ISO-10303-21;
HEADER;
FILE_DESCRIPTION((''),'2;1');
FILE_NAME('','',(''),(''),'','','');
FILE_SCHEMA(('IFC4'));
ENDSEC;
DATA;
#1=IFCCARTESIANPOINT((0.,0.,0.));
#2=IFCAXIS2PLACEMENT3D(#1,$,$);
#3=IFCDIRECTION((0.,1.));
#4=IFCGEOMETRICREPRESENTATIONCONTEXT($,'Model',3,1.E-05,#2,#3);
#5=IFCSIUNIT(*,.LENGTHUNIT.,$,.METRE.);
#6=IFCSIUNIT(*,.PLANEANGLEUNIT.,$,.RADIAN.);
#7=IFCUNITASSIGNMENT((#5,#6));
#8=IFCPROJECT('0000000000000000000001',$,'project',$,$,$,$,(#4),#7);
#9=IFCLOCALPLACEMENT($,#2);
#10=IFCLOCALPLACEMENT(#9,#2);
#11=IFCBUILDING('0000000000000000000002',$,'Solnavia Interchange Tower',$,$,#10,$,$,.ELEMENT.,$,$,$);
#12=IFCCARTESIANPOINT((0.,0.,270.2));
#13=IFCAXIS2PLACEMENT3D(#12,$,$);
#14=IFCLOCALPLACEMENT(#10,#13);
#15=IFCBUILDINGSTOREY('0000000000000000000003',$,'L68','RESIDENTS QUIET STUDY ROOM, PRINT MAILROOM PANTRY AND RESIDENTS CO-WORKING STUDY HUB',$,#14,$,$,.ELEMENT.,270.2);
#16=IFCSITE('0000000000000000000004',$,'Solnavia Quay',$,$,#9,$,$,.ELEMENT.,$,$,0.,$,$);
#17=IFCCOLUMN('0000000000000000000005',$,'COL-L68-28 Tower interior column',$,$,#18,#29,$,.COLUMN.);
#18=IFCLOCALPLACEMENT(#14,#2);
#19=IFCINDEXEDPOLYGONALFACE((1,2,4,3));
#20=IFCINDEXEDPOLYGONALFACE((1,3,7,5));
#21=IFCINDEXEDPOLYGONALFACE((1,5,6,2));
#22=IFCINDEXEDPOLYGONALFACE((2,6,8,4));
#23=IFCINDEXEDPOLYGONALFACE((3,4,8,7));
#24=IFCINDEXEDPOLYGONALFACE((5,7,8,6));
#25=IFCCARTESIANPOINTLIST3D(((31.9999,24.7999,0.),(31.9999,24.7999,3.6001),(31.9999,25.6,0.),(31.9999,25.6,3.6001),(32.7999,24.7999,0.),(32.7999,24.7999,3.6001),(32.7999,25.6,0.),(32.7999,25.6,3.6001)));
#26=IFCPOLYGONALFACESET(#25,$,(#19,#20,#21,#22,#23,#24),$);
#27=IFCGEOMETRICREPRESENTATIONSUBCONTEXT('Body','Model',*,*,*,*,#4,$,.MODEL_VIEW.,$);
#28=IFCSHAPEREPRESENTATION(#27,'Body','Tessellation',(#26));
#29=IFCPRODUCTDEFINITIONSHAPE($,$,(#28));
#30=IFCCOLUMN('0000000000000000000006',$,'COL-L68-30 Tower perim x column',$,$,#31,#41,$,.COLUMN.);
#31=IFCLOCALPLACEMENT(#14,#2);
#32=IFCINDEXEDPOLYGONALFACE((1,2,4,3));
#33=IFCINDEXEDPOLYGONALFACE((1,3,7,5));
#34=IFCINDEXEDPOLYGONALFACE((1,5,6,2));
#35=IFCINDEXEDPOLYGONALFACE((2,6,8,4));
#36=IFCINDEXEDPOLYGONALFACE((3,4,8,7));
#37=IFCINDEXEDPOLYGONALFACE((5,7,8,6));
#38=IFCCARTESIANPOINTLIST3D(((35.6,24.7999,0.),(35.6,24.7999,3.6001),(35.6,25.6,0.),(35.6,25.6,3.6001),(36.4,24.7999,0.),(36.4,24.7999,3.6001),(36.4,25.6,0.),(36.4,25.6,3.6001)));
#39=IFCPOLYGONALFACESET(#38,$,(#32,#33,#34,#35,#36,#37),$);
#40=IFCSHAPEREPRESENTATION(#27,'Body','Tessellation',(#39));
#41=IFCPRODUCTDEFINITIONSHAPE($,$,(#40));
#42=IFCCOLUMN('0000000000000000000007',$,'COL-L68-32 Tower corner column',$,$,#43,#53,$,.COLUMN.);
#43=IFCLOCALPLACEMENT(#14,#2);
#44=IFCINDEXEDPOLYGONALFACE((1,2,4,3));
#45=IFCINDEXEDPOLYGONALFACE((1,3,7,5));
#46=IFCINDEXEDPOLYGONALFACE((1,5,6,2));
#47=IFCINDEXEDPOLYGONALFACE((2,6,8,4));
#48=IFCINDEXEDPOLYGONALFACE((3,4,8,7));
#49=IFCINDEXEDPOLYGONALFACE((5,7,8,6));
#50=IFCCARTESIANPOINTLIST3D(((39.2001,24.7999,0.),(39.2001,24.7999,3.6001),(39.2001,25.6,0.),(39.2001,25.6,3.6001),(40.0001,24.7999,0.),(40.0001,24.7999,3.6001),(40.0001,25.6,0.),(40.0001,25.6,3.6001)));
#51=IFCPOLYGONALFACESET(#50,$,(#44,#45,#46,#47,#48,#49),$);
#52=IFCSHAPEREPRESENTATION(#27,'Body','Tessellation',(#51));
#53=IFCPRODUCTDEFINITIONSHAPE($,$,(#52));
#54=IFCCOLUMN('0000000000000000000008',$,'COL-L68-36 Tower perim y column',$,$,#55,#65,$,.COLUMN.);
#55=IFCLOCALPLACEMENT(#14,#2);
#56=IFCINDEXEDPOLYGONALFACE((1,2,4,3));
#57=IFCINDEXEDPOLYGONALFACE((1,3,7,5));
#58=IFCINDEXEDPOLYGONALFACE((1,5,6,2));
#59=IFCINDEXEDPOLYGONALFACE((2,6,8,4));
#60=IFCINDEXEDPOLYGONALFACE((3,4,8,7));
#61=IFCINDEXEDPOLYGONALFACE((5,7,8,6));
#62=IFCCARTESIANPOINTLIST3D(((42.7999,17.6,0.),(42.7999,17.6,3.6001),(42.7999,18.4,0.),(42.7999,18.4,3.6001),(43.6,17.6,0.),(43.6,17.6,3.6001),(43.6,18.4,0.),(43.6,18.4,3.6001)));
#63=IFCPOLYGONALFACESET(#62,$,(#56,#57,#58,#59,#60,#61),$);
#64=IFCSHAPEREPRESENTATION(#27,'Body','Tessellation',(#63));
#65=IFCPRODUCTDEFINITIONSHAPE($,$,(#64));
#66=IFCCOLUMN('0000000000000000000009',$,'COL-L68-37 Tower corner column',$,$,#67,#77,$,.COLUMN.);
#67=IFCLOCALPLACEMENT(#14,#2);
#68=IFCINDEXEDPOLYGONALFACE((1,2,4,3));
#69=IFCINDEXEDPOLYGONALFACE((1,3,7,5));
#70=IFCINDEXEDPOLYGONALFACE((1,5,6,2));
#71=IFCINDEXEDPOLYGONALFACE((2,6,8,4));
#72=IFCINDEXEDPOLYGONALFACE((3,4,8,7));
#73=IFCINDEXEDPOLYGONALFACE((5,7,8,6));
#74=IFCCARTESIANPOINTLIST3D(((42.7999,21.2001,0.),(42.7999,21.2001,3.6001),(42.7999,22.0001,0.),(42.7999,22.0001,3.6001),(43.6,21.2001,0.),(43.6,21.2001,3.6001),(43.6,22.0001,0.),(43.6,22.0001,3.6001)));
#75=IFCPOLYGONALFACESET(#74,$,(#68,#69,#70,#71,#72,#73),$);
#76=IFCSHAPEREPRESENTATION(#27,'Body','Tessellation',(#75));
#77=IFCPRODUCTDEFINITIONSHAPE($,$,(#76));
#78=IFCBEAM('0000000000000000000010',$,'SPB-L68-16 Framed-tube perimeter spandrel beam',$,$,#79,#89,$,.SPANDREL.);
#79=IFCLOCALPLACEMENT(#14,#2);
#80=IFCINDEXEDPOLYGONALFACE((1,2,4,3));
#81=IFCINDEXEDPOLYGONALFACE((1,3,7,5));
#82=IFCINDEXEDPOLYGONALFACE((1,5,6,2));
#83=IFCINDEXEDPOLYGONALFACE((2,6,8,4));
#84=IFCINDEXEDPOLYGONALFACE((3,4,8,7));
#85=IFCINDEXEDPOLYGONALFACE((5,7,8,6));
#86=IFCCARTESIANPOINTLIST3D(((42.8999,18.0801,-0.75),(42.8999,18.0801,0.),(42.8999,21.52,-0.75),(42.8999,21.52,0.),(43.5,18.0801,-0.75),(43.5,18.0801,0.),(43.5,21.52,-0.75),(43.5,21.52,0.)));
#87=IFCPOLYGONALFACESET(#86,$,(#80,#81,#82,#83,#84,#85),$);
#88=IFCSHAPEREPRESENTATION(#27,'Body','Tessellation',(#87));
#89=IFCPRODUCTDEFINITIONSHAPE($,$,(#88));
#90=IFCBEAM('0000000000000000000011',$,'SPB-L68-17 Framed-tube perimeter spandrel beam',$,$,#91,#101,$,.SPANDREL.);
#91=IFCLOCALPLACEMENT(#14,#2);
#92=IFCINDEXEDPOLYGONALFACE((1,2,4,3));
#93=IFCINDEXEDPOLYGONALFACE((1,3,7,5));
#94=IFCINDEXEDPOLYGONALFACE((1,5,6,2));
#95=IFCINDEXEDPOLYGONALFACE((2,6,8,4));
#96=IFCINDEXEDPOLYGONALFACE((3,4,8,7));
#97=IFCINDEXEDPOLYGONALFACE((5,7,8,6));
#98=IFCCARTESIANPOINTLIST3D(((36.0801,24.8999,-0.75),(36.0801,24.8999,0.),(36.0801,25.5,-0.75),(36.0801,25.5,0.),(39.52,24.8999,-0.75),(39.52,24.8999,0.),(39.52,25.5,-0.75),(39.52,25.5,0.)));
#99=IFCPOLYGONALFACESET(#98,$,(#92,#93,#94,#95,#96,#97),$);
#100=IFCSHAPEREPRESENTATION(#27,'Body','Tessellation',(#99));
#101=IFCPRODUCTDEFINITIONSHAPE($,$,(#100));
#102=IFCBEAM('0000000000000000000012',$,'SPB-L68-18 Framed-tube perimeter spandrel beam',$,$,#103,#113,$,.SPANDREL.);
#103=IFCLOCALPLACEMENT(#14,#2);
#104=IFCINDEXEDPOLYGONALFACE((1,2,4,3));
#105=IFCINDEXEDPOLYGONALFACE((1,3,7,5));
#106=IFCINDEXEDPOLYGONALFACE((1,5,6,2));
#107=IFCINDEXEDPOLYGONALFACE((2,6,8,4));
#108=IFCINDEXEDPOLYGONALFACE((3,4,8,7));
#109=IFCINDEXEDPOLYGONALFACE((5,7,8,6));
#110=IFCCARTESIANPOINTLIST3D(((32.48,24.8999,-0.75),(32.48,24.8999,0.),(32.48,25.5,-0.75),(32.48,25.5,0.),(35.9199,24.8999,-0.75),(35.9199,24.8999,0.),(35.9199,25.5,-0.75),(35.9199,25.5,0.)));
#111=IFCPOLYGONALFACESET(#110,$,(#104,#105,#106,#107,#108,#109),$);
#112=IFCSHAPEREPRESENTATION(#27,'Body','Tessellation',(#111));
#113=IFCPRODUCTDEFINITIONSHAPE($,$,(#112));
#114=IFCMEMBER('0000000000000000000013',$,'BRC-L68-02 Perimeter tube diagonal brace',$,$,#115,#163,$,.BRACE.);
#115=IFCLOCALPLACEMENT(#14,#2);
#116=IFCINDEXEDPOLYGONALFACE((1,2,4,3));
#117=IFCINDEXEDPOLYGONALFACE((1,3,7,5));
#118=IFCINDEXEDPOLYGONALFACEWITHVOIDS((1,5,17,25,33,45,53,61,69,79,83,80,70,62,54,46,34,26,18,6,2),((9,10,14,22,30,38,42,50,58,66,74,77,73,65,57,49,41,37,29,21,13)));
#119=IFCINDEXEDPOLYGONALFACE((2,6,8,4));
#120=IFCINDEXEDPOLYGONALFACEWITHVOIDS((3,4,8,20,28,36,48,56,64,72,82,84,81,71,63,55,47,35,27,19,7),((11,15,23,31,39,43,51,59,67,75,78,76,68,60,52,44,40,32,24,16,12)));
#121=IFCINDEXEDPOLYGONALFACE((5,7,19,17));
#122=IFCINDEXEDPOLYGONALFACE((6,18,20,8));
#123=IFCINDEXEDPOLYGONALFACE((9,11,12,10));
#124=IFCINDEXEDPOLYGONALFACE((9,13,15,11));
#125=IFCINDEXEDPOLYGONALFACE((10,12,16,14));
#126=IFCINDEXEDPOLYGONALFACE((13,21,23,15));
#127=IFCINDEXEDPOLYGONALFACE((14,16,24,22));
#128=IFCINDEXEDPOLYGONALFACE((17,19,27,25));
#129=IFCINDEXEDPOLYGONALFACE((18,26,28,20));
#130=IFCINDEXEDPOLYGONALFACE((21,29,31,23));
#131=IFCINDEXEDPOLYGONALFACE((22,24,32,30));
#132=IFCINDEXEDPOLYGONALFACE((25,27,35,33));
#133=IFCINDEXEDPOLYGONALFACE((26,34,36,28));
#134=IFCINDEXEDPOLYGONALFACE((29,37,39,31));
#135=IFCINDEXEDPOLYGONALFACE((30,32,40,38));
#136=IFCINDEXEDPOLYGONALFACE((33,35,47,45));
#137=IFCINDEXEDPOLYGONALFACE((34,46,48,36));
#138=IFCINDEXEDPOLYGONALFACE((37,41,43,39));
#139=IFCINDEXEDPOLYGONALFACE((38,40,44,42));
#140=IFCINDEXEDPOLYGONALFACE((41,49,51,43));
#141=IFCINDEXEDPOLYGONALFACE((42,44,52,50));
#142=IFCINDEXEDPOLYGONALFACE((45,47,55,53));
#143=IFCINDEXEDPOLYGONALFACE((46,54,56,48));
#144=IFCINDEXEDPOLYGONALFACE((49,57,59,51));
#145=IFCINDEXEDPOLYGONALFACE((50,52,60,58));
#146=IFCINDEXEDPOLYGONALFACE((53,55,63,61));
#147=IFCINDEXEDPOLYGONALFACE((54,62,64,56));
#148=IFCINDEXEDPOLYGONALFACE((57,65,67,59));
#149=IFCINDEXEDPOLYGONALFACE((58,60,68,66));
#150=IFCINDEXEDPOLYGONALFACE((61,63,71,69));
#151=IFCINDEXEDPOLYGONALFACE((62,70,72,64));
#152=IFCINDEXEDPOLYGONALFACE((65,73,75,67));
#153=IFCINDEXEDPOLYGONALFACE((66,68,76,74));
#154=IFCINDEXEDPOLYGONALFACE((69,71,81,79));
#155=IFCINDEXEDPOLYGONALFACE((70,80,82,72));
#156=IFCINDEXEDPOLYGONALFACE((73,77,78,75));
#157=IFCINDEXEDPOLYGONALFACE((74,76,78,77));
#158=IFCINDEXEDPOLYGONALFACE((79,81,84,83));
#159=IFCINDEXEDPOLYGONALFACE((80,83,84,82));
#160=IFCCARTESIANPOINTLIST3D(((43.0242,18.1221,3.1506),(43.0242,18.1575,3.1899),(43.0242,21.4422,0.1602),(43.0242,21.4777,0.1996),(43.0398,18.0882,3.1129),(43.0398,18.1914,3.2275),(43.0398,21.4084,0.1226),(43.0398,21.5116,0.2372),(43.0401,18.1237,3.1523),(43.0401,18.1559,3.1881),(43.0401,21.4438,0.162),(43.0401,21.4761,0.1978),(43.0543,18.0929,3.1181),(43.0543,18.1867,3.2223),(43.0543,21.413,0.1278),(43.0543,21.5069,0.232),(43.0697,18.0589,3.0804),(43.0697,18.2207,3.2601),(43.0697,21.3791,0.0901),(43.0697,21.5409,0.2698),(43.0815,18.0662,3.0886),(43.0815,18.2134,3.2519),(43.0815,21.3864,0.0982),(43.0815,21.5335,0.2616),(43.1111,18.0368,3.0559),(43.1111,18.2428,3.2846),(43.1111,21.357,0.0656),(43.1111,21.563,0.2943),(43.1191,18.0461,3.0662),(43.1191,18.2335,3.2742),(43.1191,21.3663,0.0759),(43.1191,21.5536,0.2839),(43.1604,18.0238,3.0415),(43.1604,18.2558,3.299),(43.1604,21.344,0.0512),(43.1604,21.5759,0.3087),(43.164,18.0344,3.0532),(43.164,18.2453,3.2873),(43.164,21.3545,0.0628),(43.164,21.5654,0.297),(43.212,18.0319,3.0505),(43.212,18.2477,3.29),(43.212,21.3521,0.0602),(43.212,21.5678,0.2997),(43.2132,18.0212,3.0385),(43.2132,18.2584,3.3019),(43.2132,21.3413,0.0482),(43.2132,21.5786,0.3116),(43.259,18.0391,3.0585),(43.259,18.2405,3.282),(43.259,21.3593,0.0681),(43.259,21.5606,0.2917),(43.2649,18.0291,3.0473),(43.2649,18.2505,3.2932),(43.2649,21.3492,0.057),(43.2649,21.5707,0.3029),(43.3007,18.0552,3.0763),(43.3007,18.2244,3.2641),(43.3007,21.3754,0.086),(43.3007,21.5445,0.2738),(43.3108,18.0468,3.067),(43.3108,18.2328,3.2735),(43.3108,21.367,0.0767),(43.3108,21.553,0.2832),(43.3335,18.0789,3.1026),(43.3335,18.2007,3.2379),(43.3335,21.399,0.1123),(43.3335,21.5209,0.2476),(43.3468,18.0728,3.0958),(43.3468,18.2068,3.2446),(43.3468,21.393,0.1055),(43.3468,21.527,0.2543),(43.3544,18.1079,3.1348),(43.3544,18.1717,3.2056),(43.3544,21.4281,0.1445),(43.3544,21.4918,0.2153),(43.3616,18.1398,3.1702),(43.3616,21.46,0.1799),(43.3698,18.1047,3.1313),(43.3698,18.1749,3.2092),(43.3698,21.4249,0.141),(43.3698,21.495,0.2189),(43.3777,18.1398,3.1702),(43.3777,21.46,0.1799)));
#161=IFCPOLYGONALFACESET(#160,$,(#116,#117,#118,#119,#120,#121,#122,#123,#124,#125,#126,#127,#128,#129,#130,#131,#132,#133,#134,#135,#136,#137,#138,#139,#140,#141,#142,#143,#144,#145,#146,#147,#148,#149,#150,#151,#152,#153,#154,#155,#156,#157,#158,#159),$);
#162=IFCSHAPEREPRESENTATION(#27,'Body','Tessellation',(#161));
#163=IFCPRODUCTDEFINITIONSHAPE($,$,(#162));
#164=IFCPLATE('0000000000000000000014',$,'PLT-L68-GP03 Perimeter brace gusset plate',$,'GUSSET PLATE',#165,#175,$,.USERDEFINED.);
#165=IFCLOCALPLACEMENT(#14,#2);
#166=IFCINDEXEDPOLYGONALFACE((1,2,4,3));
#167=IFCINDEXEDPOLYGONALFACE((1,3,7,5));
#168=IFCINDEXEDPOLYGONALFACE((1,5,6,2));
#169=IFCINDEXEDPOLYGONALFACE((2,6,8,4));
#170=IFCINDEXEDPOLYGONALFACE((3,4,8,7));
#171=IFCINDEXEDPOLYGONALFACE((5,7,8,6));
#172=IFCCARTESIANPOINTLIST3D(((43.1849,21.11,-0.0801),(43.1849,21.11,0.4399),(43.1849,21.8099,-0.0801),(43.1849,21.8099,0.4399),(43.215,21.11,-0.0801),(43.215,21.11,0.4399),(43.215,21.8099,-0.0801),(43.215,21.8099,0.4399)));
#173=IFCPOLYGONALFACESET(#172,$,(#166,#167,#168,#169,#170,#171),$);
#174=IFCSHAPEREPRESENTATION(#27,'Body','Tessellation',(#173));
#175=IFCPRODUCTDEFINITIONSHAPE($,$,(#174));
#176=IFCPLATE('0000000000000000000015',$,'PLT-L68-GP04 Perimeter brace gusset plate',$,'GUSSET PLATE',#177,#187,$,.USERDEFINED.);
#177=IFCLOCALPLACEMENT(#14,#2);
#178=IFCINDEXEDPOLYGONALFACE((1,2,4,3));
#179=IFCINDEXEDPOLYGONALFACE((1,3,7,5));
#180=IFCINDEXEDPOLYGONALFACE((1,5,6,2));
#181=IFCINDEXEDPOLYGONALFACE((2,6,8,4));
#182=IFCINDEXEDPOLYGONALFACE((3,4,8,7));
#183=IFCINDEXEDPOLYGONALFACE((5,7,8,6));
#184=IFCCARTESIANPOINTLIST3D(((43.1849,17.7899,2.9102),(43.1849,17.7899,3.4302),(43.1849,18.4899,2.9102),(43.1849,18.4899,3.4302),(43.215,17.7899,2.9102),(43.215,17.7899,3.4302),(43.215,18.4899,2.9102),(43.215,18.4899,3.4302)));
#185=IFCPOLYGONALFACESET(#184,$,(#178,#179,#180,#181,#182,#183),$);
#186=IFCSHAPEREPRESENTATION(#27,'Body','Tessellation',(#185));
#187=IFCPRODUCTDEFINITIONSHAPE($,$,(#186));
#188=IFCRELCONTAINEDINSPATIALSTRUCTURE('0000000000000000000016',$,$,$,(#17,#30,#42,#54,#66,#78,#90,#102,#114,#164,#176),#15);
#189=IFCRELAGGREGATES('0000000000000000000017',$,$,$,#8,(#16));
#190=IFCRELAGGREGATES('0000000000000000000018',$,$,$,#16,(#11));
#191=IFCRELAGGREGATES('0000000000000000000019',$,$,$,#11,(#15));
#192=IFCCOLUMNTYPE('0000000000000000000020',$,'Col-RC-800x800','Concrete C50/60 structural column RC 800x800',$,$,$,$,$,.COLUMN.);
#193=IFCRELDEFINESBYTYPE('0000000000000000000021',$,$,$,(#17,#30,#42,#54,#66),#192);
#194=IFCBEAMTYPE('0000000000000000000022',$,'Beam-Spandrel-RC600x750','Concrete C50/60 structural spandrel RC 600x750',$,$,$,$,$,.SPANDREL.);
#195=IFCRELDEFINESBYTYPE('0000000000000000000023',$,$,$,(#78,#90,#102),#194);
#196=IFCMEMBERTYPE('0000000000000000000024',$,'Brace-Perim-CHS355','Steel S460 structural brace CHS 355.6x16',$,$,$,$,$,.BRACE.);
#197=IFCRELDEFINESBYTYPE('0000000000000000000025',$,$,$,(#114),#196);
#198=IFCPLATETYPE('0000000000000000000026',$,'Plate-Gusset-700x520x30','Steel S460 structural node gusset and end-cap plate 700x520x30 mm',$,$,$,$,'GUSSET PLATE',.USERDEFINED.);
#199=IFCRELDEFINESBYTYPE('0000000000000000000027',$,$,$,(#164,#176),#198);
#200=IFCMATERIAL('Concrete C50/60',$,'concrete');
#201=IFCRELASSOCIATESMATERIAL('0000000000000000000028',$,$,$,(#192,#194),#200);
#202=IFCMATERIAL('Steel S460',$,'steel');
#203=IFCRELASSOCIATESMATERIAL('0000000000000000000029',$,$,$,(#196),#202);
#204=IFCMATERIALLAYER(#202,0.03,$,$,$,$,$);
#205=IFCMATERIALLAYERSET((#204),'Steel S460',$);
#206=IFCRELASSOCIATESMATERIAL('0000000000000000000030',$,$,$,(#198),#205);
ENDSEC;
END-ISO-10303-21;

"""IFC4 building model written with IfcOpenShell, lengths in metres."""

from ifc_helpers import new_model, si_unit, direction, frame, origin, origin_2d, place, context, subcontext, project, spatial, rectangle, hollow_circle, extrude, material, layer, layer_set, material_profile, profile_set, type_object, element, save


model = new_model("IFC4")

# Units and contexts
model_context = context("Model", 3, precision=1e-05, world=origin(), true_north=direction((0.0, 1.0)))
body_context = subcontext(model_context, "Body", "Model", "MODEL_VIEW")
ifc_project = project(units=[si_unit("LENGTHUNIT", "METRE"), si_unit("PLANEANGLEUNIT", "RADIAN")], contexts=[model_context])

# Site, building, storey
site_placement = place(None, origin())
site = spatial("IfcSite", under=ifc_project, at=site_placement, Name="Solnavia Quay", CompositionType="ELEMENT", RefElevation=0.0)
building_placement = place(site_placement, origin())
building = spatial("IfcBuilding", under=site, at=building_placement, Name="Solnavia Interchange Tower", CompositionType="ELEMENT")
storey_placement = place(building_placement, frame((0.0, 0.0, 270.2)))
storey = spatial("IfcBuildingStorey", under=building, at=storey_placement, Name="L68", Description="RESIDENTS QUIET STUDY ROOM, PRINT MAILROOM PANTRY AND RESIDENTS CO-WORKING STUDY HUB", CompositionType="ELEMENT", Elevation=270.2)

# Columns
ifc_material_1 = material(Name="Concrete C50/60", Category="concrete")
ifc_material_profile_1 = material_profile(ifc_material_1, rectangle(XDim=0.8, YDim=0.8, at=origin_2d()), Name="RC 800x800")
ifc_profile_set_1 = profile_set([ifc_material_profile_1], Name="Concrete C50/60")
column_type = type_object("IfcColumnType", Name="Col-RC-800x800", Description="Concrete C50/60 structural column RC 800x800", PredefinedType="COLUMN", material=ifc_profile_set_1)
for number, where, z_axis, x_axis, name in (
    (1, (32.3999, 25.2, 0.0), (0.0, 0.0, 1.0), (1.0, 0.0, 0.0), "COL-L68-28 Tower interior column"),
    (2, (36.0, 25.2, 0.0), (0.0, 0.0, 1.0), (1.0, 0.0, 0.0), "COL-L68-30 Tower perim x column"),
    (3, (39.6001, 25.2, 0.0), (0.0, 0.0, 1.0), (1.0, 0.0, 0.0), "COL-L68-32 Tower corner column"),
    (4, (43.2, 18.0, 0.0), (0.0, 0.0, 1.0), (0.0, 1.0, 0.0), "COL-L68-36 Tower perim y column"),
    (5, (43.2, 21.6001, 0.0), (0.0, 0.0, 1.0), (0.0, 1.0, 0.0), "COL-L68-37 Tower corner column"),
):
    element("IfcColumn", number, at=place(storey_placement, frame(where, z_axis=z_axis, x_axis=x_axis)), inside=storey, type_object=column_type, Name=name, PredefinedType="COLUMN", context=body_context, shape_type="SweptSolid", body=[
        extrude(rectangle(XDim=0.8, YDim=0.8, at=origin_2d()), origin(), (0.0, 0.0, 1.0), 3.6001),
    ])

# Beams
ifc_material_profile_2 = material_profile(ifc_material_1, rectangle(XDim=0.6001, YDim=0.75, at=origin_2d()), Name="RC 600x750")
ifc_profile_set_2 = profile_set([ifc_material_profile_2], Name="Concrete C50/60")
beam_type = type_object("IfcBeamType", Name="Beam-Spandrel-RC600x750", Description="Concrete C50/60 structural spandrel RC 600x750", PredefinedType="SPANDREL", material=ifc_profile_set_2)
for number, where, z_axis, x_axis, name in (
    (6, (43.2, 18.0801, -0.375), (0.0, 1.0, 0.0), (-1.0, 0.0, 0.0), "SPB-L68-16 Framed-tube perimeter spandrel beam"),
    (7, (39.52, 25.2, -0.375), (-1.0, 0.0, 0.0), (0.0, -1.0, 0.0), "SPB-L68-17 Framed-tube perimeter spandrel beam"),
    (8, (35.9199, 25.2, -0.375), (-1.0, 0.0, 0.0), (0.0, -1.0, 0.0), "SPB-L68-18 Framed-tube perimeter spandrel beam"),
):
    element("IfcBeam", number, at=place(storey_placement, frame(where, z_axis=z_axis, x_axis=x_axis)), inside=storey, type_object=beam_type, Name=name, PredefinedType="SPANDREL", context=body_context, shape_type="SweptSolid", body=[
        extrude(rectangle(XDim=0.6001, YDim=0.75, at=origin_2d()), origin(), (0.0, 0.0, 1.0), 3.4399),
    ])

# Member
ifc_material_2 = material(Name="Steel S460", Category="steel")
ifc_material_profile_3 = material_profile(ifc_material_2, hollow_circle(Radius=0.1777, WallThickness=0.0161, at=origin_2d()), Name="CHS 355.6x16")
ifc_profile_set_3 = profile_set([ifc_material_profile_3], Name="Steel S460")
member_type = type_object("IfcMemberType", Name="Brace-Perim-CHS355", Description="Steel S460 structural brace CHS 355.6x16", PredefinedType="BRACE", material=ifc_profile_set_3)
member_placement = place(storey_placement, frame((43.2, 21.46, 0.1799), z_axis=(0.0, -0.743052, 0.669233), x_axis=(1.0, 0.0, 0.0)))
element("IfcMember", 9, at=member_placement, inside=storey, type_object=member_type, Name="BRC-L68-02 Perimeter tube diagonal brace", PredefinedType="BRACE", context=body_context, shape_type="SweptSolid", body=[
    extrude(hollow_circle(Radius=0.1777, WallThickness=0.0161, at=origin_2d()), origin(), (0.0, 0.0, 1.0), 4.4683),
])

# Plates
ifc_layer_1 = layer(ifc_material_2, 0.03)
ifc_layer_set_1 = layer_set([ifc_layer_1], Name="Steel S460")
plate_type = type_object("IfcPlateType", Name="Plate-Gusset-700x520x30", Description="Steel S460 structural node gusset and end-cap plate 700x520x30 mm", ElementType="GUSSET PLATE", PredefinedType="USERDEFINED", material=ifc_layer_set_1)
for number, where, z_axis, x_axis, name in (
    (10, (43.2, 21.46, -0.0801), (0.0, 0.0, 1.0), (0.0, -1.0, 0.0), "PLT-L68-GP03 Perimeter brace gusset plate"),
    (11, (43.2, 18.1399, 2.9102), (0.0, 0.0, 1.0), (0.0, -1.0, 0.0), "PLT-L68-GP04 Perimeter brace gusset plate"),
):
    element("IfcPlate", number, at=place(storey_placement, frame(where, z_axis=z_axis, x_axis=x_axis)), inside=storey, type_object=plate_type, Name=name, ObjectType="GUSSET PLATE", PredefinedType="USERDEFINED", context=body_context, shape_type="SweptSolid", body=[
        extrude(rectangle(XDim=0.7, YDim=0.03, at=origin_2d()), origin(), (0.0, 0.0, 1.0), 0.52),
    ])

save(model, "model.ifc")
